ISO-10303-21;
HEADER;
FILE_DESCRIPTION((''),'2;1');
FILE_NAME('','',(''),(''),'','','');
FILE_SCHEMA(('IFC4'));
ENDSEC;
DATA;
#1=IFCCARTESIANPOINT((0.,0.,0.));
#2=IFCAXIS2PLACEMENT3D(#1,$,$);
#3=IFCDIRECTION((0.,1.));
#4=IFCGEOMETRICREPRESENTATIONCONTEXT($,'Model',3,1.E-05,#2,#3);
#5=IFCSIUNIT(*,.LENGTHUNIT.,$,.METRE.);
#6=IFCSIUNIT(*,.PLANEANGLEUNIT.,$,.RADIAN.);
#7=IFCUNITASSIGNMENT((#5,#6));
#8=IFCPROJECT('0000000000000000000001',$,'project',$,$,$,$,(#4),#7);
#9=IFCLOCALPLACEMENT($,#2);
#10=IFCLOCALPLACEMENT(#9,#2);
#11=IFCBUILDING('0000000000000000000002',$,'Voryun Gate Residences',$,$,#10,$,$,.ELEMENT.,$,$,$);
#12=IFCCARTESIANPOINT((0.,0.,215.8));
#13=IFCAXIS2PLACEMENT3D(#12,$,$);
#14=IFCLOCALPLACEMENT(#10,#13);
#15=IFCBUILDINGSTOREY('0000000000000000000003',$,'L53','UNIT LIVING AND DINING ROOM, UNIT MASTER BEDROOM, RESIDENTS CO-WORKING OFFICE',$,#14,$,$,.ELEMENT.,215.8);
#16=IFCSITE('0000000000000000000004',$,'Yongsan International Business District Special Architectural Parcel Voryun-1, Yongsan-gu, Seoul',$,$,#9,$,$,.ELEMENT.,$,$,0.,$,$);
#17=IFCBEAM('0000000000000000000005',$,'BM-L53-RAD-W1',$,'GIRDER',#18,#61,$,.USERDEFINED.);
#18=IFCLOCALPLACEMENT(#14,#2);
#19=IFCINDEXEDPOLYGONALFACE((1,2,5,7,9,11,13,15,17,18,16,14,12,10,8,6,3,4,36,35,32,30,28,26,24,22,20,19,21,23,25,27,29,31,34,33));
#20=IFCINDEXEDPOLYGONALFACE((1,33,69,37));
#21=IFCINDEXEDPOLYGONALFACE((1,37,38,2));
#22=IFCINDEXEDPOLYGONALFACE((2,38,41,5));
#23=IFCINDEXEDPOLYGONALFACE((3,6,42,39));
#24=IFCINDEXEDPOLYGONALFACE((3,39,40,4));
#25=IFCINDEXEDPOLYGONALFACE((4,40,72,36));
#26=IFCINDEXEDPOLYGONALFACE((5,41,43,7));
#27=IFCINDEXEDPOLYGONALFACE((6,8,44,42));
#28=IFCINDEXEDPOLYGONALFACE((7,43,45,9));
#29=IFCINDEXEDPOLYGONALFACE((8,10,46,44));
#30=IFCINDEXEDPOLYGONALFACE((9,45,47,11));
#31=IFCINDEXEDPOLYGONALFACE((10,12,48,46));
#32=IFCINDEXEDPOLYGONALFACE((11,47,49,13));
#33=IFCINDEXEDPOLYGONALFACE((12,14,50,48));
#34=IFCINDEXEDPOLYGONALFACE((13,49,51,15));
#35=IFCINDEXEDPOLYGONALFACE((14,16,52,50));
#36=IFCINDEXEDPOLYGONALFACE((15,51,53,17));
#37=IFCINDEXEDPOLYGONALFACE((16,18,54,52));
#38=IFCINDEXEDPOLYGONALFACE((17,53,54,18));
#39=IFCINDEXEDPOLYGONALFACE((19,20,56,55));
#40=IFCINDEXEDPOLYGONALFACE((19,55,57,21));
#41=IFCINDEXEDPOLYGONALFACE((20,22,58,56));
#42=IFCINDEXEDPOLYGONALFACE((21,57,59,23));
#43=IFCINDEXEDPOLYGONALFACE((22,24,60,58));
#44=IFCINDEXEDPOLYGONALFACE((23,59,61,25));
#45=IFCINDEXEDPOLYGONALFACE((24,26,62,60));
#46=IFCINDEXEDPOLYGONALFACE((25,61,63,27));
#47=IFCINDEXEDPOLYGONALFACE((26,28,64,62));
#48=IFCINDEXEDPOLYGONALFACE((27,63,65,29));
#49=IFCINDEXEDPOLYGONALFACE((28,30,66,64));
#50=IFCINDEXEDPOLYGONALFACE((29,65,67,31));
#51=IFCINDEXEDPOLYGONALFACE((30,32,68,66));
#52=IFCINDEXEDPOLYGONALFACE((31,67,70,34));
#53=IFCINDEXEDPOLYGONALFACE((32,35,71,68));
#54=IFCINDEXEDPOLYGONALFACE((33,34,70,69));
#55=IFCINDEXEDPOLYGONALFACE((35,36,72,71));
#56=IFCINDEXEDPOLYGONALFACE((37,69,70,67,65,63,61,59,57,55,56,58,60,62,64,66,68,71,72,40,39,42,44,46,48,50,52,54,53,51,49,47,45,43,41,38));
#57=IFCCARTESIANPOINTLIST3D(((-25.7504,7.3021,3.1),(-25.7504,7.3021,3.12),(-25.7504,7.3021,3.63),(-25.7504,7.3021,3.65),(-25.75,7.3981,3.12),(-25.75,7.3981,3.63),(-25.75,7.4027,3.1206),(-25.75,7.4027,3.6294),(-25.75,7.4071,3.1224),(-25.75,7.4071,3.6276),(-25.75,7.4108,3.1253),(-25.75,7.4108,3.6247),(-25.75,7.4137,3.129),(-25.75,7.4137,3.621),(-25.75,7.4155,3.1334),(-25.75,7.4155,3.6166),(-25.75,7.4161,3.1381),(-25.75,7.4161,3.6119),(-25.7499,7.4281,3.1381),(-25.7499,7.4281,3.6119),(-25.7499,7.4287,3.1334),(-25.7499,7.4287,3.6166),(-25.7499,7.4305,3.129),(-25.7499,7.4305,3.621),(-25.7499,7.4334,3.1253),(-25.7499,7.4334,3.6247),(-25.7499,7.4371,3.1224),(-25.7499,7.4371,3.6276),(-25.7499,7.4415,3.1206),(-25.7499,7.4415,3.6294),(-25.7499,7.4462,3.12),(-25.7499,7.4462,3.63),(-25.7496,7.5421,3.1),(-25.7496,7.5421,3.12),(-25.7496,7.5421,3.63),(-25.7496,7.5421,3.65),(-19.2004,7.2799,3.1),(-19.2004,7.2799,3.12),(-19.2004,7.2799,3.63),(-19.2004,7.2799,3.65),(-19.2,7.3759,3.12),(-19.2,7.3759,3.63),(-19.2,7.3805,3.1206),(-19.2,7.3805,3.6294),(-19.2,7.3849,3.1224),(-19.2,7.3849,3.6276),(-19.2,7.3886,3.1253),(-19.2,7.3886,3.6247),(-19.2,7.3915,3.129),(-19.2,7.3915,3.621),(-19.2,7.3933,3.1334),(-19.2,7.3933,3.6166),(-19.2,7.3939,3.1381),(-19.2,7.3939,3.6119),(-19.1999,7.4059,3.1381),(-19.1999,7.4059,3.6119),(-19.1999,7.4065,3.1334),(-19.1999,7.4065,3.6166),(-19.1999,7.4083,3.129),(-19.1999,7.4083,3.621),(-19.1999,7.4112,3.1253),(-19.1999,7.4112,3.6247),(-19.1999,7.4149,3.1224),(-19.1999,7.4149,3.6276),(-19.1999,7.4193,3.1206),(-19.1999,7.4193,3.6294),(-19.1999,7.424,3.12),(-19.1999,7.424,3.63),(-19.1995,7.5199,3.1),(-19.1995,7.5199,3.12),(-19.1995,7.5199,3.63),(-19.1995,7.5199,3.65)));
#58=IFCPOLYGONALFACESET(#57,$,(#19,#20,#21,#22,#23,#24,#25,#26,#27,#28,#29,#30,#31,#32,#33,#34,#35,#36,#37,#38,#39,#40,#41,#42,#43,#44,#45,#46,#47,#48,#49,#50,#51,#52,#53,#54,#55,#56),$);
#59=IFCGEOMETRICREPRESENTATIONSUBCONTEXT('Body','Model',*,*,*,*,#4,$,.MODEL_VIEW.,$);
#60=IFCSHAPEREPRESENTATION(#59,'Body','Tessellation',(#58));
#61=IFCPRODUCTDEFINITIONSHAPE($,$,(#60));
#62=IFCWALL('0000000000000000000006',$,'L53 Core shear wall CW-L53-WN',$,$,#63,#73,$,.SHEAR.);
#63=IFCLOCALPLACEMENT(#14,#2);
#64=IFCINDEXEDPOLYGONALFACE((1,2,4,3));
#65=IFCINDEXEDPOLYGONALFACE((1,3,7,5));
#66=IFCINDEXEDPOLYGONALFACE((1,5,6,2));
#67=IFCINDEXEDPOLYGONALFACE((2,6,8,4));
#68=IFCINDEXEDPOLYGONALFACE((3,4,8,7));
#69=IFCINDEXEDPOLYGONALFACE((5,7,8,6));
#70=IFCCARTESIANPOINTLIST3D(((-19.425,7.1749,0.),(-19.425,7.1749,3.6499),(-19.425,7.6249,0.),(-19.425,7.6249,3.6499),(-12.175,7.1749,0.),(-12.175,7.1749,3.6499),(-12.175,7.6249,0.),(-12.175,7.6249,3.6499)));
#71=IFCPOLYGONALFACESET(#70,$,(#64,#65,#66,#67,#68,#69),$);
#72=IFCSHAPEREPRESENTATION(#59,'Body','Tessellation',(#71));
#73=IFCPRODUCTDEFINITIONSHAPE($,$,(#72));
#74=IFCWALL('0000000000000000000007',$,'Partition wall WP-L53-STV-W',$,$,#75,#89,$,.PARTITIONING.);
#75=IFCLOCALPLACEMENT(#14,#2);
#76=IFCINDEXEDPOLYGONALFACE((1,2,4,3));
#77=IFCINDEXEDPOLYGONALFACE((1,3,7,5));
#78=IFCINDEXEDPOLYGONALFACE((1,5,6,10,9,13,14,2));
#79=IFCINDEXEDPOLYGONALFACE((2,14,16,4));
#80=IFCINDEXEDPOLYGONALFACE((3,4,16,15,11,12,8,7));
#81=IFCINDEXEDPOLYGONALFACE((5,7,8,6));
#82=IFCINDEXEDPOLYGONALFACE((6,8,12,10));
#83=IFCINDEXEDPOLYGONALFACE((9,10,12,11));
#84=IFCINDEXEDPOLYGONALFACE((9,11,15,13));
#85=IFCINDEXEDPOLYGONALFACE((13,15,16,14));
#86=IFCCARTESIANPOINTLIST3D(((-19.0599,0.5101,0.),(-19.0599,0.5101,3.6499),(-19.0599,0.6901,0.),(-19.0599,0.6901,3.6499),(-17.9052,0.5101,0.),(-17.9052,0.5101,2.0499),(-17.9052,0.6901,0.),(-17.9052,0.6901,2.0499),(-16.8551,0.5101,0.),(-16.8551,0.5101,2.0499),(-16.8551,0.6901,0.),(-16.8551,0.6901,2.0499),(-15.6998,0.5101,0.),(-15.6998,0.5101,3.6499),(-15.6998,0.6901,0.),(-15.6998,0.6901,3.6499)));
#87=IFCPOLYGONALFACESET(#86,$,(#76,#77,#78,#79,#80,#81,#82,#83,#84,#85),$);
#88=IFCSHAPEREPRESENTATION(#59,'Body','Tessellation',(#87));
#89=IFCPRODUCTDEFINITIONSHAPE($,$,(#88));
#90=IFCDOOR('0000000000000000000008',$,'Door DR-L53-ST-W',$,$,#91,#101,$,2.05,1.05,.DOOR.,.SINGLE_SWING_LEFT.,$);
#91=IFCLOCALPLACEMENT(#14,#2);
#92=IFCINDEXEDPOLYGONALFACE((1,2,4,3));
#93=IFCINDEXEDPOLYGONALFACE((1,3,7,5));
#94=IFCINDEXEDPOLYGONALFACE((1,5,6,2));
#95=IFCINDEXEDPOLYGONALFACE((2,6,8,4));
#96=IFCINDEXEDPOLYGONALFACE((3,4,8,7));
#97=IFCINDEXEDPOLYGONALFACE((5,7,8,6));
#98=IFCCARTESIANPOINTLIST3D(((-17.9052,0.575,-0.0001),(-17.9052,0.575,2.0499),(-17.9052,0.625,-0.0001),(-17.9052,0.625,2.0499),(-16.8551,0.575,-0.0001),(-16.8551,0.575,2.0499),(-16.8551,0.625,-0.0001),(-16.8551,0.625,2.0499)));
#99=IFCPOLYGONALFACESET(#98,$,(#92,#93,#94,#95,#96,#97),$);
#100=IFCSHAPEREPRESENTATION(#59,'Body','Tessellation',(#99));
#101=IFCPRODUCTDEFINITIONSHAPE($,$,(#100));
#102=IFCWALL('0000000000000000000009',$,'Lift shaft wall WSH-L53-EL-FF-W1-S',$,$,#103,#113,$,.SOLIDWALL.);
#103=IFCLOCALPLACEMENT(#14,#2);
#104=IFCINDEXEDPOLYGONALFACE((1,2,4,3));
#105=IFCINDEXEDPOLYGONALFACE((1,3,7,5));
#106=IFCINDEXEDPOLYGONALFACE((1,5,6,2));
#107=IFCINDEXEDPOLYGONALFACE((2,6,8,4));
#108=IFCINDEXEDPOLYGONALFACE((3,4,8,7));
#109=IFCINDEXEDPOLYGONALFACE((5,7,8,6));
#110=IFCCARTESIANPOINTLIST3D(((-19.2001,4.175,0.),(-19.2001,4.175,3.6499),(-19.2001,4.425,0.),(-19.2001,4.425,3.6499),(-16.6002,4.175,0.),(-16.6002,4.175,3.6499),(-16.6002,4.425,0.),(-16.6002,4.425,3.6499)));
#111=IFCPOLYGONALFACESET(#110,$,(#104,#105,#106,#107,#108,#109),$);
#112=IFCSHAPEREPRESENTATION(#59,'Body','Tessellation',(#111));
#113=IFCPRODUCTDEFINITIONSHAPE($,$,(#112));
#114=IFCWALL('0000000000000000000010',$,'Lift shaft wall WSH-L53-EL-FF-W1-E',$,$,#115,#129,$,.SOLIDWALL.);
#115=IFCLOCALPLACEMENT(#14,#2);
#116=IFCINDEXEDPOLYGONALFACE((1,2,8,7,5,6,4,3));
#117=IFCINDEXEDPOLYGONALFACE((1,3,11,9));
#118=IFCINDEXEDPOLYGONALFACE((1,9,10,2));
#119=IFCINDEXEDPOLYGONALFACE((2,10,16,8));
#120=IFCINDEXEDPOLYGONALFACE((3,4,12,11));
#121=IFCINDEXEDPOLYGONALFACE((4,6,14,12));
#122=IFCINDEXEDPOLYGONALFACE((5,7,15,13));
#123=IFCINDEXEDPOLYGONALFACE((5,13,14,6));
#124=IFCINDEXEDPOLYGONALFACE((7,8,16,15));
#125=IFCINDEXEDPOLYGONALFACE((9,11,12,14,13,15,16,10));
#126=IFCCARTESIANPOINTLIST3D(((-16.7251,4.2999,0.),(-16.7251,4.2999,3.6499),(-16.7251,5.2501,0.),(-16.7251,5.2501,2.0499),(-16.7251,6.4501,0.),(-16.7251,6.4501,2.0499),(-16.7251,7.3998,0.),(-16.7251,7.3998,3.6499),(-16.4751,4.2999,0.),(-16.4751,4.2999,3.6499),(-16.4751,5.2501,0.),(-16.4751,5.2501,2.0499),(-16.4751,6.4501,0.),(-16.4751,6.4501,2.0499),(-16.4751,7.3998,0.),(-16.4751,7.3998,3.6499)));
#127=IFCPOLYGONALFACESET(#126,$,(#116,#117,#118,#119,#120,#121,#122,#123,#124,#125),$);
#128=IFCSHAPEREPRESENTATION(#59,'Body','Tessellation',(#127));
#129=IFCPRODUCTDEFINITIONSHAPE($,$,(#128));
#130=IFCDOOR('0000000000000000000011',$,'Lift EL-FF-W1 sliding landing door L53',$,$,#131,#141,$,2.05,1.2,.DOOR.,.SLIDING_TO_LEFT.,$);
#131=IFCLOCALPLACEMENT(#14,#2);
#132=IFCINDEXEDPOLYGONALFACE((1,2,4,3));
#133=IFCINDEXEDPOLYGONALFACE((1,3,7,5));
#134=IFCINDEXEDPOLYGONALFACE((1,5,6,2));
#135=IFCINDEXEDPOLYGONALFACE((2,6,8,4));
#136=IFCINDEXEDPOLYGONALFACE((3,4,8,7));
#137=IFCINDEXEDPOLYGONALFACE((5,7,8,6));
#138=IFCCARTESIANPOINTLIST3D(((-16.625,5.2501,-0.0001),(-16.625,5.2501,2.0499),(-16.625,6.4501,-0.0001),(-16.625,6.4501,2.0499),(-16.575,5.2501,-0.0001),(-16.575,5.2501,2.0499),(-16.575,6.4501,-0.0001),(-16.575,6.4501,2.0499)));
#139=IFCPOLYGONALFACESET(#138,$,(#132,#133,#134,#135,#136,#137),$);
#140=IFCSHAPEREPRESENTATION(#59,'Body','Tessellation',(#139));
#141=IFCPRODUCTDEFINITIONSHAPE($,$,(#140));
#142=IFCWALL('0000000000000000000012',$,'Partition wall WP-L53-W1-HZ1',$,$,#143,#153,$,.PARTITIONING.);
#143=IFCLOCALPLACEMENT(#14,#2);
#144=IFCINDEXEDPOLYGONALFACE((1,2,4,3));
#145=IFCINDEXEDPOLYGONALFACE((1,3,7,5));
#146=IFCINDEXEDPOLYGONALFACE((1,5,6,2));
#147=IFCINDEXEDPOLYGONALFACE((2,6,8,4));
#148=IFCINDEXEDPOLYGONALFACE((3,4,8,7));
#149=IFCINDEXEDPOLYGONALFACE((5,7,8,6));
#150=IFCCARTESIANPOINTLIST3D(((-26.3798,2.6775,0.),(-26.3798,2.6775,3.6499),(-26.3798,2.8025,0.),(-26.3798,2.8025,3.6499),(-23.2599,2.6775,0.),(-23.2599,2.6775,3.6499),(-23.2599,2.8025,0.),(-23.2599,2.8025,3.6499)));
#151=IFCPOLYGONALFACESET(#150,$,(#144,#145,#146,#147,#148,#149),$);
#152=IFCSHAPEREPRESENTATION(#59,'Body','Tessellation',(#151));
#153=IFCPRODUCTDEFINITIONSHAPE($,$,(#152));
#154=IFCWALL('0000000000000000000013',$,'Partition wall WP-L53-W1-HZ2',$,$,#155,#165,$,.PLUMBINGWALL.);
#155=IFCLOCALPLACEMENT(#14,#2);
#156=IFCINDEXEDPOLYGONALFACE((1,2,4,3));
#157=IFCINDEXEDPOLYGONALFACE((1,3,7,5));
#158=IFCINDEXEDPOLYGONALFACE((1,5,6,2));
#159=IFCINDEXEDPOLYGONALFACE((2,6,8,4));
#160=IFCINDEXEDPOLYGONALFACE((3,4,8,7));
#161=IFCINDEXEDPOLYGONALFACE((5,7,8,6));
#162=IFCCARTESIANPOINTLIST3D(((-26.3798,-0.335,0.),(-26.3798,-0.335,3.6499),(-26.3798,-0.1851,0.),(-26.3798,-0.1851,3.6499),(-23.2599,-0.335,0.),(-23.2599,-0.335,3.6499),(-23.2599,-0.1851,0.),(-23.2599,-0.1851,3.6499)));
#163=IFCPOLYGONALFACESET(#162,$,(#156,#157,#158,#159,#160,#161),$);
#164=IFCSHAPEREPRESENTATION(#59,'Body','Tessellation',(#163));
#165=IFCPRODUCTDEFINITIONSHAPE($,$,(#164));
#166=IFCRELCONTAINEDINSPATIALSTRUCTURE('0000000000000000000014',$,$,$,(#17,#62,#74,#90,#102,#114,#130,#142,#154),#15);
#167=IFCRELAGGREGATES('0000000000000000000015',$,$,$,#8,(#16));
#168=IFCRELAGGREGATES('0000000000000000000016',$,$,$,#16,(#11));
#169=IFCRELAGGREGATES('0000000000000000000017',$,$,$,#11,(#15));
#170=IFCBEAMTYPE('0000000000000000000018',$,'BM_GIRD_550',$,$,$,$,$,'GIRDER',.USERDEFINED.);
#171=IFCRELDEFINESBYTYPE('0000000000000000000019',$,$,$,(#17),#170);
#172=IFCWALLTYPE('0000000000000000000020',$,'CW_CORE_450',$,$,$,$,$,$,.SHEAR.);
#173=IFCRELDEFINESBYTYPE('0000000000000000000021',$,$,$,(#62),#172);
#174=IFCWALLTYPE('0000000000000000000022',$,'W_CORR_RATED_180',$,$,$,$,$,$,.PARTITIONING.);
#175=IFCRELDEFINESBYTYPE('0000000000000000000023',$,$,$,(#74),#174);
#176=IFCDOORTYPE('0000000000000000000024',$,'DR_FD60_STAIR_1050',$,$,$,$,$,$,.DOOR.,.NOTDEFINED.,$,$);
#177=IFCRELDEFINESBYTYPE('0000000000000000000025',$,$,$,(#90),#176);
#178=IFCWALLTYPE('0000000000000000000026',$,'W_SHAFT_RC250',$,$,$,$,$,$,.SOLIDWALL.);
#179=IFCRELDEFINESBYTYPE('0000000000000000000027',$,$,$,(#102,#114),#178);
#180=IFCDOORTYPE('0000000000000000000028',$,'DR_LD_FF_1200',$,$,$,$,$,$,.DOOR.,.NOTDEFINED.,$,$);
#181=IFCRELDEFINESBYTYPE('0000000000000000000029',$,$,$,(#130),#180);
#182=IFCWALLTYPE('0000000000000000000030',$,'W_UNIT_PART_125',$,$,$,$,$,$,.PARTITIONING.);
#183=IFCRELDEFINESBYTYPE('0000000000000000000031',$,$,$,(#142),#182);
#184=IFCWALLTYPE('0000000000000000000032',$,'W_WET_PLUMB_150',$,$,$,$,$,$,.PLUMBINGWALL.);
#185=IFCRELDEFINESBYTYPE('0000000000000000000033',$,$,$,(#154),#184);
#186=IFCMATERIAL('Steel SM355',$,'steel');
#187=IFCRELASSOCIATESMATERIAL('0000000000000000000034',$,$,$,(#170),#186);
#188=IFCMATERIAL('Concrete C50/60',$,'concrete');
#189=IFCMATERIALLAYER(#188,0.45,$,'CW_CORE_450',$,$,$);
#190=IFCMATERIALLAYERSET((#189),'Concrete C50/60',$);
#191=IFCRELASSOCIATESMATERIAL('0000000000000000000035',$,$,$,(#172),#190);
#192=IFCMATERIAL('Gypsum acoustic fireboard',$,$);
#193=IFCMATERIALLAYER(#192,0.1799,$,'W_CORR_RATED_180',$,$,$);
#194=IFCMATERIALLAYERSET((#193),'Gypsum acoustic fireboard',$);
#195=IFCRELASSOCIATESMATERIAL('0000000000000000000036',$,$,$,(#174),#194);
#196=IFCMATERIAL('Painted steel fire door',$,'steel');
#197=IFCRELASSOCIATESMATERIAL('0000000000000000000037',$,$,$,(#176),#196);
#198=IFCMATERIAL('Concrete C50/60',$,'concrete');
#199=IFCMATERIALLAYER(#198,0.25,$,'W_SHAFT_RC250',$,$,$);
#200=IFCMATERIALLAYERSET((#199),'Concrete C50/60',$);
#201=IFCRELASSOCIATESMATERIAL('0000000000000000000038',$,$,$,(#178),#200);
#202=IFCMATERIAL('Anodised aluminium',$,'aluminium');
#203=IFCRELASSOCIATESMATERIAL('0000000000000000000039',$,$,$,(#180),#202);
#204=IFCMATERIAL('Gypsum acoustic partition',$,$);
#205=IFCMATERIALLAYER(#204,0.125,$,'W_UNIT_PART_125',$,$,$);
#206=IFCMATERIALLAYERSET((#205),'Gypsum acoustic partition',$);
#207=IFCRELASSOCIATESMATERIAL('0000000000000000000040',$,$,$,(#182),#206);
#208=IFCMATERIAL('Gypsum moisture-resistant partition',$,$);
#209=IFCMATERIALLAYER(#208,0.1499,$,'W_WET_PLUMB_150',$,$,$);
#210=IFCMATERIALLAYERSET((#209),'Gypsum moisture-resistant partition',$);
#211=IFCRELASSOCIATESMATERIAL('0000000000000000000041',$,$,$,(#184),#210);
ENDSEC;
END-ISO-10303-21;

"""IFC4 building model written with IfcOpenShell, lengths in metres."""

from ifc_helpers import new_model, si_unit, direction, frame, frame_2d, origin, origin_2d, place, context, subcontext, project, spatial, rectangle, i_section, extrude, material, layer, layer_set, material_profile, profile_set, type_object, element, fill, save


model = new_model("IFC4")

# Units and contexts
model_context = context("Model", 3, precision=1e-05, world=origin(), true_north=direction((0.0, 1.0)))
body_context = subcontext(model_context, "Body", "Model", "MODEL_VIEW")
ifc_project = project(units=[si_unit("LENGTHUNIT", "METRE"), si_unit("PLANEANGLEUNIT", "RADIAN")], contexts=[model_context])

# Site, building, storey
site_placement = place(None, origin())
site = spatial("IfcSite", under=ifc_project, at=site_placement, Name="Yongsan International Business District Special Architectural Parcel Voryun-1, Yongsan-gu, Seoul", CompositionType="ELEMENT", RefElevation=0.0)
building_placement = place(site_placement, origin())
building = spatial("IfcBuilding", under=site, at=building_placement, Name="Voryun Gate Residences", CompositionType="ELEMENT")
storey_placement = place(building_placement, frame((0.0, 0.0, 215.8)))
storey = spatial("IfcBuildingStorey", under=building, at=storey_placement, Name="L53", Description="UNIT LIVING AND DINING ROOM, UNIT MASTER BEDROOM, RESIDENTS CO-WORKING OFFICE", CompositionType="ELEMENT", Elevation=215.8)

# Beam
ifc_material_1 = material(Name="Steel SM355", Category="steel")
ifc_material_profile_1 = material_profile(ifc_material_1, i_section(OverallWidth=0.24, OverallDepth=0.55, WebThickness=0.012, FlangeThickness=0.02, FilletRadius=0.0181, at=origin_2d()), Name="H-550x240x12x20")
ifc_profile_set_1 = profile_set([ifc_material_profile_1], Name="Steel SM355")
beam_type_1 = type_object("IfcBeamType", Name="BM_GIRD_550", ElementType="GIRDER", PredefinedType="USERDEFINED", material=ifc_profile_set_1)
beam_1_placement = place(storey_placement, frame((-19.2, 7.3999, 3.375), z_axis=(-0.999994, 0.003392, 0.0), x_axis=(-0.003392, -0.999994, 0.0)))
element("IfcBeam", 1, at=beam_1_placement, inside=storey, type_object=beam_type_1, Name="BM-L53-RAD-W1", ObjectType="GIRDER", PredefinedType="USERDEFINED", context=body_context, shape_type="SweptSolid", body=[
    extrude(i_section(OverallWidth=0.24, OverallDepth=0.55, WebThickness=0.012, FlangeThickness=0.02, FilletRadius=0.0181, at=origin_2d()), origin(), (0.0, 0.0, 1.0), 6.55),
])

# Wall
ifc_material_2 = material(Name="Concrete C50/60", Category="concrete")
ifc_layer_1 = layer(ifc_material_2, 0.45, Name="CW_CORE_450")
ifc_layer_set_1 = layer_set([ifc_layer_1], Name="Concrete C50/60")
wall_type_1 = type_object("IfcWallType", Name="CW_CORE_450", PredefinedType="SHEAR", material=ifc_layer_set_1)
wall_1_placement = place(storey_placement, frame((-19.425, 7.3999, 0.0), z_axis=(0.0, 0.0, 1.0), x_axis=(1.0, 0.0, 0.0)))
element("IfcWall", 2, at=wall_1_placement, inside=storey, type_object=wall_type_1, Name="L53 Core shear wall CW-L53-WN", PredefinedType="SHEAR", context=body_context, shape_type="SweptSolid", body=[
    extrude(rectangle(XDim=7.25, YDim=0.45, at=frame_2d((3.625, 0.0))), origin(), (0.0, 0.0, 1.0), 3.6499),
])

# Wall, opening, door
ifc_material_3 = material(Name="Gypsum acoustic fireboard")
ifc_layer_2 = layer(ifc_material_3, 0.1799, Name="W_CORR_RATED_180")
ifc_layer_set_2 = layer_set([ifc_layer_2], Name="Gypsum acoustic fireboard")
wall_type_2 = type_object("IfcWallType", Name="W_CORR_RATED_180", PredefinedType="PARTITIONING", material=ifc_layer_set_2)
wall_2_placement = place(storey_placement, frame((-19.0601, 0.6001, 0.0), z_axis=(0.0, 0.0, 1.0), x_axis=(1.0, 0.0, 0.0)))
wall_2 = element("IfcWall", 3, at=wall_2_placement, inside=storey, type_object=wall_type_2, Name="Partition wall WP-L53-STV-W", PredefinedType="PARTITIONING", context=body_context, shape_type="SweptSolid", body=[
    extrude(rectangle(XDim=3.3601, YDim=0.1799, at=frame_2d((1.6802, 0.0))), origin(), (0.0, 0.0, 1.0), 3.6499),
])
opening_1_placement = place(wall_2_placement, frame((1.155, 0.0, 0.0)))
opening_1 = element("IfcOpeningElement", 4, at=opening_1_placement, cuts=wall_2, PredefinedType="OPENING", context=body_context, shape_type="SweptSolid", body=[
    extrude(rectangle(XDim=1.05, YDim=2.05, at=frame_2d((0.5249, 1.0249))), frame((0.0, 0.0999, 0.0), z_axis=(0.0, -1.0, 0.0), x_axis=(1.0, 0.0, 0.0)), (0.0, 0.0, 1.0), 0.2),
])
ifc_material_4 = material(Name="Painted steel fire door", Category="steel")
door_type_1 = type_object("IfcDoorType", Name="DR_FD60_STAIR_1050", OperationType="NOTDEFINED", PredefinedType="DOOR", material=ifc_material_4)
door_1_placement = place(opening_1_placement, origin())
door_1 = element("IfcDoor", 5, at=door_1_placement, inside=storey, type_object=door_type_1, Name="Door DR-L53-ST-W", OperationType="SINGLE_SWING_LEFT", OverallHeight=2.05, OverallWidth=1.05, PredefinedType="DOOR", context=body_context, shape_type="SweptSolid", body=[
    extrude(rectangle(XDim=1.05, YDim=2.05, at=frame_2d((0.5249, 1.0249))), frame((0.0, 0.0249, 0.0), z_axis=(0.0, -1.0, 0.0), x_axis=(1.0, 0.0, 0.0)), (0.0, 0.0, 1.0), 0.05),
])
fill(opening_1, door_1)

# Wall
ifc_material_5 = material(Name="Concrete C50/60", Category="concrete")
ifc_layer_3 = layer(ifc_material_5, 0.25, Name="W_SHAFT_RC250")
ifc_layer_set_3 = layer_set([ifc_layer_3], Name="Concrete C50/60")
wall_type_3 = type_object("IfcWallType", Name="W_SHAFT_RC250", PredefinedType="SOLIDWALL", material=ifc_layer_set_3)
wall_3_placement = place(storey_placement, frame((-19.2, 4.3, 0.0), z_axis=(0.0, 0.0, 1.0), x_axis=(1.0, 0.0, 0.0)))
element("IfcWall", 6, at=wall_3_placement, inside=storey, type_object=wall_type_3, Name="Lift shaft wall WSH-L53-EL-FF-W1-S", PredefinedType="SOLIDWALL", context=body_context, shape_type="SweptSolid", body=[
    extrude(rectangle(XDim=2.5999, YDim=0.25, at=frame_2d((1.2998, 0.0))), origin(), (0.0, 0.0, 1.0), 3.6499),
])

# Wall, opening, door
wall_4_placement = place(storey_placement, frame((-16.6001, 4.3, 0.0), z_axis=(0.0, 0.0, 1.0), x_axis=(0.0, 1.0, 0.0)))
wall_4 = element("IfcWall", 7, at=wall_4_placement, inside=storey, type_object=wall_type_3, Name="Lift shaft wall WSH-L53-EL-FF-W1-E", PredefinedType="SOLIDWALL", context=body_context, shape_type="SweptSolid", body=[
    extrude(rectangle(XDim=3.0999, YDim=0.25, at=frame_2d((1.5498, 0.0))), origin(), (0.0, 0.0, 1.0), 3.6499),
])
opening_2_placement = place(wall_4_placement, frame((0.95, 0.0, 0.0)))
opening_2 = element("IfcOpeningElement", 8, at=opening_2_placement, cuts=wall_4, PredefinedType="OPENING", context=body_context, shape_type="SweptSolid", body=[
    extrude(rectangle(XDim=1.2, YDim=2.05, at=frame_2d((0.6001, 1.0249))), frame((0.0, 0.135, 0.0), z_axis=(0.0, -1.0, 0.0), x_axis=(1.0, 0.0, 0.0)), (0.0, 0.0, 1.0), 0.27),
])
ifc_material_6 = material(Name="Anodised aluminium", Category="aluminium")
door_type_2 = type_object("IfcDoorType", Name="DR_LD_FF_1200", OperationType="NOTDEFINED", PredefinedType="DOOR", material=ifc_material_6)
door_2_placement = place(opening_2_placement, origin())
door_2 = element("IfcDoor", 9, at=door_2_placement, inside=storey, type_object=door_type_2, Name="Lift EL-FF-W1 sliding landing door L53", OperationType="SLIDING_TO_LEFT", OverallHeight=2.05, OverallWidth=1.2, PredefinedType="DOOR", context=body_context, shape_type="SweptSolid", body=[
    extrude(rectangle(XDim=1.2, YDim=2.05, at=frame_2d((0.6001, 1.0249))), frame((0.0, 0.0249, 0.0), z_axis=(0.0, -1.0, 0.0), x_axis=(1.0, 0.0, 0.0)), (0.0, 0.0, 1.0), 0.05),
])
fill(opening_2, door_2)

# Walls
ifc_material_7 = material(Name="Gypsum acoustic partition")
ifc_layer_4 = layer(ifc_material_7, 0.125, Name="W_UNIT_PART_125")
ifc_layer_set_4 = layer_set([ifc_layer_4], Name="Gypsum acoustic partition")
wall_type_4 = type_object("IfcWallType", Name="W_UNIT_PART_125", PredefinedType="PARTITIONING", material=ifc_layer_set_4)
wall_5_placement = place(storey_placement, frame((-26.3799, 2.74, 0.0), z_axis=(0.0, 0.0, 1.0), x_axis=(1.0, 0.0, 0.0)))
element("IfcWall", 10, at=wall_5_placement, inside=storey, type_object=wall_type_4, Name="Partition wall WP-L53-W1-HZ1", PredefinedType="PARTITIONING", context=body_context, shape_type="SweptSolid", body=[
    extrude(rectangle(XDim=3.1199, YDim=0.125, at=frame_2d((1.5601, 0.0))), origin(), (0.0, 0.0, 1.0), 3.6499),
])
ifc_material_8 = material(Name="Gypsum moisture-resistant partition")
ifc_layer_5 = layer(ifc_material_8, 0.1499, Name="W_WET_PLUMB_150")
ifc_layer_set_5 = layer_set([ifc_layer_5], Name="Gypsum moisture-resistant partition")
wall_type_5 = type_object("IfcWallType", Name="W_WET_PLUMB_150", PredefinedType="PLUMBINGWALL", material=ifc_layer_set_5)
wall_6_placement = place(storey_placement, frame((-26.3799, -0.26, 0.0), z_axis=(0.0, 0.0, 1.0), x_axis=(1.0, 0.0, 0.0)))
element("IfcWall", 11, at=wall_6_placement, inside=storey, type_object=wall_type_5, Name="Partition wall WP-L53-W1-HZ2", PredefinedType="PLUMBINGWALL", context=body_context, shape_type="SweptSolid", body=[
    extrude(rectangle(XDim=3.1199, YDim=0.1499, at=frame_2d((1.5601, 0.0))), origin(), (0.0, 0.0, 1.0), 3.6499),
])

save(model, "model.ifc")
